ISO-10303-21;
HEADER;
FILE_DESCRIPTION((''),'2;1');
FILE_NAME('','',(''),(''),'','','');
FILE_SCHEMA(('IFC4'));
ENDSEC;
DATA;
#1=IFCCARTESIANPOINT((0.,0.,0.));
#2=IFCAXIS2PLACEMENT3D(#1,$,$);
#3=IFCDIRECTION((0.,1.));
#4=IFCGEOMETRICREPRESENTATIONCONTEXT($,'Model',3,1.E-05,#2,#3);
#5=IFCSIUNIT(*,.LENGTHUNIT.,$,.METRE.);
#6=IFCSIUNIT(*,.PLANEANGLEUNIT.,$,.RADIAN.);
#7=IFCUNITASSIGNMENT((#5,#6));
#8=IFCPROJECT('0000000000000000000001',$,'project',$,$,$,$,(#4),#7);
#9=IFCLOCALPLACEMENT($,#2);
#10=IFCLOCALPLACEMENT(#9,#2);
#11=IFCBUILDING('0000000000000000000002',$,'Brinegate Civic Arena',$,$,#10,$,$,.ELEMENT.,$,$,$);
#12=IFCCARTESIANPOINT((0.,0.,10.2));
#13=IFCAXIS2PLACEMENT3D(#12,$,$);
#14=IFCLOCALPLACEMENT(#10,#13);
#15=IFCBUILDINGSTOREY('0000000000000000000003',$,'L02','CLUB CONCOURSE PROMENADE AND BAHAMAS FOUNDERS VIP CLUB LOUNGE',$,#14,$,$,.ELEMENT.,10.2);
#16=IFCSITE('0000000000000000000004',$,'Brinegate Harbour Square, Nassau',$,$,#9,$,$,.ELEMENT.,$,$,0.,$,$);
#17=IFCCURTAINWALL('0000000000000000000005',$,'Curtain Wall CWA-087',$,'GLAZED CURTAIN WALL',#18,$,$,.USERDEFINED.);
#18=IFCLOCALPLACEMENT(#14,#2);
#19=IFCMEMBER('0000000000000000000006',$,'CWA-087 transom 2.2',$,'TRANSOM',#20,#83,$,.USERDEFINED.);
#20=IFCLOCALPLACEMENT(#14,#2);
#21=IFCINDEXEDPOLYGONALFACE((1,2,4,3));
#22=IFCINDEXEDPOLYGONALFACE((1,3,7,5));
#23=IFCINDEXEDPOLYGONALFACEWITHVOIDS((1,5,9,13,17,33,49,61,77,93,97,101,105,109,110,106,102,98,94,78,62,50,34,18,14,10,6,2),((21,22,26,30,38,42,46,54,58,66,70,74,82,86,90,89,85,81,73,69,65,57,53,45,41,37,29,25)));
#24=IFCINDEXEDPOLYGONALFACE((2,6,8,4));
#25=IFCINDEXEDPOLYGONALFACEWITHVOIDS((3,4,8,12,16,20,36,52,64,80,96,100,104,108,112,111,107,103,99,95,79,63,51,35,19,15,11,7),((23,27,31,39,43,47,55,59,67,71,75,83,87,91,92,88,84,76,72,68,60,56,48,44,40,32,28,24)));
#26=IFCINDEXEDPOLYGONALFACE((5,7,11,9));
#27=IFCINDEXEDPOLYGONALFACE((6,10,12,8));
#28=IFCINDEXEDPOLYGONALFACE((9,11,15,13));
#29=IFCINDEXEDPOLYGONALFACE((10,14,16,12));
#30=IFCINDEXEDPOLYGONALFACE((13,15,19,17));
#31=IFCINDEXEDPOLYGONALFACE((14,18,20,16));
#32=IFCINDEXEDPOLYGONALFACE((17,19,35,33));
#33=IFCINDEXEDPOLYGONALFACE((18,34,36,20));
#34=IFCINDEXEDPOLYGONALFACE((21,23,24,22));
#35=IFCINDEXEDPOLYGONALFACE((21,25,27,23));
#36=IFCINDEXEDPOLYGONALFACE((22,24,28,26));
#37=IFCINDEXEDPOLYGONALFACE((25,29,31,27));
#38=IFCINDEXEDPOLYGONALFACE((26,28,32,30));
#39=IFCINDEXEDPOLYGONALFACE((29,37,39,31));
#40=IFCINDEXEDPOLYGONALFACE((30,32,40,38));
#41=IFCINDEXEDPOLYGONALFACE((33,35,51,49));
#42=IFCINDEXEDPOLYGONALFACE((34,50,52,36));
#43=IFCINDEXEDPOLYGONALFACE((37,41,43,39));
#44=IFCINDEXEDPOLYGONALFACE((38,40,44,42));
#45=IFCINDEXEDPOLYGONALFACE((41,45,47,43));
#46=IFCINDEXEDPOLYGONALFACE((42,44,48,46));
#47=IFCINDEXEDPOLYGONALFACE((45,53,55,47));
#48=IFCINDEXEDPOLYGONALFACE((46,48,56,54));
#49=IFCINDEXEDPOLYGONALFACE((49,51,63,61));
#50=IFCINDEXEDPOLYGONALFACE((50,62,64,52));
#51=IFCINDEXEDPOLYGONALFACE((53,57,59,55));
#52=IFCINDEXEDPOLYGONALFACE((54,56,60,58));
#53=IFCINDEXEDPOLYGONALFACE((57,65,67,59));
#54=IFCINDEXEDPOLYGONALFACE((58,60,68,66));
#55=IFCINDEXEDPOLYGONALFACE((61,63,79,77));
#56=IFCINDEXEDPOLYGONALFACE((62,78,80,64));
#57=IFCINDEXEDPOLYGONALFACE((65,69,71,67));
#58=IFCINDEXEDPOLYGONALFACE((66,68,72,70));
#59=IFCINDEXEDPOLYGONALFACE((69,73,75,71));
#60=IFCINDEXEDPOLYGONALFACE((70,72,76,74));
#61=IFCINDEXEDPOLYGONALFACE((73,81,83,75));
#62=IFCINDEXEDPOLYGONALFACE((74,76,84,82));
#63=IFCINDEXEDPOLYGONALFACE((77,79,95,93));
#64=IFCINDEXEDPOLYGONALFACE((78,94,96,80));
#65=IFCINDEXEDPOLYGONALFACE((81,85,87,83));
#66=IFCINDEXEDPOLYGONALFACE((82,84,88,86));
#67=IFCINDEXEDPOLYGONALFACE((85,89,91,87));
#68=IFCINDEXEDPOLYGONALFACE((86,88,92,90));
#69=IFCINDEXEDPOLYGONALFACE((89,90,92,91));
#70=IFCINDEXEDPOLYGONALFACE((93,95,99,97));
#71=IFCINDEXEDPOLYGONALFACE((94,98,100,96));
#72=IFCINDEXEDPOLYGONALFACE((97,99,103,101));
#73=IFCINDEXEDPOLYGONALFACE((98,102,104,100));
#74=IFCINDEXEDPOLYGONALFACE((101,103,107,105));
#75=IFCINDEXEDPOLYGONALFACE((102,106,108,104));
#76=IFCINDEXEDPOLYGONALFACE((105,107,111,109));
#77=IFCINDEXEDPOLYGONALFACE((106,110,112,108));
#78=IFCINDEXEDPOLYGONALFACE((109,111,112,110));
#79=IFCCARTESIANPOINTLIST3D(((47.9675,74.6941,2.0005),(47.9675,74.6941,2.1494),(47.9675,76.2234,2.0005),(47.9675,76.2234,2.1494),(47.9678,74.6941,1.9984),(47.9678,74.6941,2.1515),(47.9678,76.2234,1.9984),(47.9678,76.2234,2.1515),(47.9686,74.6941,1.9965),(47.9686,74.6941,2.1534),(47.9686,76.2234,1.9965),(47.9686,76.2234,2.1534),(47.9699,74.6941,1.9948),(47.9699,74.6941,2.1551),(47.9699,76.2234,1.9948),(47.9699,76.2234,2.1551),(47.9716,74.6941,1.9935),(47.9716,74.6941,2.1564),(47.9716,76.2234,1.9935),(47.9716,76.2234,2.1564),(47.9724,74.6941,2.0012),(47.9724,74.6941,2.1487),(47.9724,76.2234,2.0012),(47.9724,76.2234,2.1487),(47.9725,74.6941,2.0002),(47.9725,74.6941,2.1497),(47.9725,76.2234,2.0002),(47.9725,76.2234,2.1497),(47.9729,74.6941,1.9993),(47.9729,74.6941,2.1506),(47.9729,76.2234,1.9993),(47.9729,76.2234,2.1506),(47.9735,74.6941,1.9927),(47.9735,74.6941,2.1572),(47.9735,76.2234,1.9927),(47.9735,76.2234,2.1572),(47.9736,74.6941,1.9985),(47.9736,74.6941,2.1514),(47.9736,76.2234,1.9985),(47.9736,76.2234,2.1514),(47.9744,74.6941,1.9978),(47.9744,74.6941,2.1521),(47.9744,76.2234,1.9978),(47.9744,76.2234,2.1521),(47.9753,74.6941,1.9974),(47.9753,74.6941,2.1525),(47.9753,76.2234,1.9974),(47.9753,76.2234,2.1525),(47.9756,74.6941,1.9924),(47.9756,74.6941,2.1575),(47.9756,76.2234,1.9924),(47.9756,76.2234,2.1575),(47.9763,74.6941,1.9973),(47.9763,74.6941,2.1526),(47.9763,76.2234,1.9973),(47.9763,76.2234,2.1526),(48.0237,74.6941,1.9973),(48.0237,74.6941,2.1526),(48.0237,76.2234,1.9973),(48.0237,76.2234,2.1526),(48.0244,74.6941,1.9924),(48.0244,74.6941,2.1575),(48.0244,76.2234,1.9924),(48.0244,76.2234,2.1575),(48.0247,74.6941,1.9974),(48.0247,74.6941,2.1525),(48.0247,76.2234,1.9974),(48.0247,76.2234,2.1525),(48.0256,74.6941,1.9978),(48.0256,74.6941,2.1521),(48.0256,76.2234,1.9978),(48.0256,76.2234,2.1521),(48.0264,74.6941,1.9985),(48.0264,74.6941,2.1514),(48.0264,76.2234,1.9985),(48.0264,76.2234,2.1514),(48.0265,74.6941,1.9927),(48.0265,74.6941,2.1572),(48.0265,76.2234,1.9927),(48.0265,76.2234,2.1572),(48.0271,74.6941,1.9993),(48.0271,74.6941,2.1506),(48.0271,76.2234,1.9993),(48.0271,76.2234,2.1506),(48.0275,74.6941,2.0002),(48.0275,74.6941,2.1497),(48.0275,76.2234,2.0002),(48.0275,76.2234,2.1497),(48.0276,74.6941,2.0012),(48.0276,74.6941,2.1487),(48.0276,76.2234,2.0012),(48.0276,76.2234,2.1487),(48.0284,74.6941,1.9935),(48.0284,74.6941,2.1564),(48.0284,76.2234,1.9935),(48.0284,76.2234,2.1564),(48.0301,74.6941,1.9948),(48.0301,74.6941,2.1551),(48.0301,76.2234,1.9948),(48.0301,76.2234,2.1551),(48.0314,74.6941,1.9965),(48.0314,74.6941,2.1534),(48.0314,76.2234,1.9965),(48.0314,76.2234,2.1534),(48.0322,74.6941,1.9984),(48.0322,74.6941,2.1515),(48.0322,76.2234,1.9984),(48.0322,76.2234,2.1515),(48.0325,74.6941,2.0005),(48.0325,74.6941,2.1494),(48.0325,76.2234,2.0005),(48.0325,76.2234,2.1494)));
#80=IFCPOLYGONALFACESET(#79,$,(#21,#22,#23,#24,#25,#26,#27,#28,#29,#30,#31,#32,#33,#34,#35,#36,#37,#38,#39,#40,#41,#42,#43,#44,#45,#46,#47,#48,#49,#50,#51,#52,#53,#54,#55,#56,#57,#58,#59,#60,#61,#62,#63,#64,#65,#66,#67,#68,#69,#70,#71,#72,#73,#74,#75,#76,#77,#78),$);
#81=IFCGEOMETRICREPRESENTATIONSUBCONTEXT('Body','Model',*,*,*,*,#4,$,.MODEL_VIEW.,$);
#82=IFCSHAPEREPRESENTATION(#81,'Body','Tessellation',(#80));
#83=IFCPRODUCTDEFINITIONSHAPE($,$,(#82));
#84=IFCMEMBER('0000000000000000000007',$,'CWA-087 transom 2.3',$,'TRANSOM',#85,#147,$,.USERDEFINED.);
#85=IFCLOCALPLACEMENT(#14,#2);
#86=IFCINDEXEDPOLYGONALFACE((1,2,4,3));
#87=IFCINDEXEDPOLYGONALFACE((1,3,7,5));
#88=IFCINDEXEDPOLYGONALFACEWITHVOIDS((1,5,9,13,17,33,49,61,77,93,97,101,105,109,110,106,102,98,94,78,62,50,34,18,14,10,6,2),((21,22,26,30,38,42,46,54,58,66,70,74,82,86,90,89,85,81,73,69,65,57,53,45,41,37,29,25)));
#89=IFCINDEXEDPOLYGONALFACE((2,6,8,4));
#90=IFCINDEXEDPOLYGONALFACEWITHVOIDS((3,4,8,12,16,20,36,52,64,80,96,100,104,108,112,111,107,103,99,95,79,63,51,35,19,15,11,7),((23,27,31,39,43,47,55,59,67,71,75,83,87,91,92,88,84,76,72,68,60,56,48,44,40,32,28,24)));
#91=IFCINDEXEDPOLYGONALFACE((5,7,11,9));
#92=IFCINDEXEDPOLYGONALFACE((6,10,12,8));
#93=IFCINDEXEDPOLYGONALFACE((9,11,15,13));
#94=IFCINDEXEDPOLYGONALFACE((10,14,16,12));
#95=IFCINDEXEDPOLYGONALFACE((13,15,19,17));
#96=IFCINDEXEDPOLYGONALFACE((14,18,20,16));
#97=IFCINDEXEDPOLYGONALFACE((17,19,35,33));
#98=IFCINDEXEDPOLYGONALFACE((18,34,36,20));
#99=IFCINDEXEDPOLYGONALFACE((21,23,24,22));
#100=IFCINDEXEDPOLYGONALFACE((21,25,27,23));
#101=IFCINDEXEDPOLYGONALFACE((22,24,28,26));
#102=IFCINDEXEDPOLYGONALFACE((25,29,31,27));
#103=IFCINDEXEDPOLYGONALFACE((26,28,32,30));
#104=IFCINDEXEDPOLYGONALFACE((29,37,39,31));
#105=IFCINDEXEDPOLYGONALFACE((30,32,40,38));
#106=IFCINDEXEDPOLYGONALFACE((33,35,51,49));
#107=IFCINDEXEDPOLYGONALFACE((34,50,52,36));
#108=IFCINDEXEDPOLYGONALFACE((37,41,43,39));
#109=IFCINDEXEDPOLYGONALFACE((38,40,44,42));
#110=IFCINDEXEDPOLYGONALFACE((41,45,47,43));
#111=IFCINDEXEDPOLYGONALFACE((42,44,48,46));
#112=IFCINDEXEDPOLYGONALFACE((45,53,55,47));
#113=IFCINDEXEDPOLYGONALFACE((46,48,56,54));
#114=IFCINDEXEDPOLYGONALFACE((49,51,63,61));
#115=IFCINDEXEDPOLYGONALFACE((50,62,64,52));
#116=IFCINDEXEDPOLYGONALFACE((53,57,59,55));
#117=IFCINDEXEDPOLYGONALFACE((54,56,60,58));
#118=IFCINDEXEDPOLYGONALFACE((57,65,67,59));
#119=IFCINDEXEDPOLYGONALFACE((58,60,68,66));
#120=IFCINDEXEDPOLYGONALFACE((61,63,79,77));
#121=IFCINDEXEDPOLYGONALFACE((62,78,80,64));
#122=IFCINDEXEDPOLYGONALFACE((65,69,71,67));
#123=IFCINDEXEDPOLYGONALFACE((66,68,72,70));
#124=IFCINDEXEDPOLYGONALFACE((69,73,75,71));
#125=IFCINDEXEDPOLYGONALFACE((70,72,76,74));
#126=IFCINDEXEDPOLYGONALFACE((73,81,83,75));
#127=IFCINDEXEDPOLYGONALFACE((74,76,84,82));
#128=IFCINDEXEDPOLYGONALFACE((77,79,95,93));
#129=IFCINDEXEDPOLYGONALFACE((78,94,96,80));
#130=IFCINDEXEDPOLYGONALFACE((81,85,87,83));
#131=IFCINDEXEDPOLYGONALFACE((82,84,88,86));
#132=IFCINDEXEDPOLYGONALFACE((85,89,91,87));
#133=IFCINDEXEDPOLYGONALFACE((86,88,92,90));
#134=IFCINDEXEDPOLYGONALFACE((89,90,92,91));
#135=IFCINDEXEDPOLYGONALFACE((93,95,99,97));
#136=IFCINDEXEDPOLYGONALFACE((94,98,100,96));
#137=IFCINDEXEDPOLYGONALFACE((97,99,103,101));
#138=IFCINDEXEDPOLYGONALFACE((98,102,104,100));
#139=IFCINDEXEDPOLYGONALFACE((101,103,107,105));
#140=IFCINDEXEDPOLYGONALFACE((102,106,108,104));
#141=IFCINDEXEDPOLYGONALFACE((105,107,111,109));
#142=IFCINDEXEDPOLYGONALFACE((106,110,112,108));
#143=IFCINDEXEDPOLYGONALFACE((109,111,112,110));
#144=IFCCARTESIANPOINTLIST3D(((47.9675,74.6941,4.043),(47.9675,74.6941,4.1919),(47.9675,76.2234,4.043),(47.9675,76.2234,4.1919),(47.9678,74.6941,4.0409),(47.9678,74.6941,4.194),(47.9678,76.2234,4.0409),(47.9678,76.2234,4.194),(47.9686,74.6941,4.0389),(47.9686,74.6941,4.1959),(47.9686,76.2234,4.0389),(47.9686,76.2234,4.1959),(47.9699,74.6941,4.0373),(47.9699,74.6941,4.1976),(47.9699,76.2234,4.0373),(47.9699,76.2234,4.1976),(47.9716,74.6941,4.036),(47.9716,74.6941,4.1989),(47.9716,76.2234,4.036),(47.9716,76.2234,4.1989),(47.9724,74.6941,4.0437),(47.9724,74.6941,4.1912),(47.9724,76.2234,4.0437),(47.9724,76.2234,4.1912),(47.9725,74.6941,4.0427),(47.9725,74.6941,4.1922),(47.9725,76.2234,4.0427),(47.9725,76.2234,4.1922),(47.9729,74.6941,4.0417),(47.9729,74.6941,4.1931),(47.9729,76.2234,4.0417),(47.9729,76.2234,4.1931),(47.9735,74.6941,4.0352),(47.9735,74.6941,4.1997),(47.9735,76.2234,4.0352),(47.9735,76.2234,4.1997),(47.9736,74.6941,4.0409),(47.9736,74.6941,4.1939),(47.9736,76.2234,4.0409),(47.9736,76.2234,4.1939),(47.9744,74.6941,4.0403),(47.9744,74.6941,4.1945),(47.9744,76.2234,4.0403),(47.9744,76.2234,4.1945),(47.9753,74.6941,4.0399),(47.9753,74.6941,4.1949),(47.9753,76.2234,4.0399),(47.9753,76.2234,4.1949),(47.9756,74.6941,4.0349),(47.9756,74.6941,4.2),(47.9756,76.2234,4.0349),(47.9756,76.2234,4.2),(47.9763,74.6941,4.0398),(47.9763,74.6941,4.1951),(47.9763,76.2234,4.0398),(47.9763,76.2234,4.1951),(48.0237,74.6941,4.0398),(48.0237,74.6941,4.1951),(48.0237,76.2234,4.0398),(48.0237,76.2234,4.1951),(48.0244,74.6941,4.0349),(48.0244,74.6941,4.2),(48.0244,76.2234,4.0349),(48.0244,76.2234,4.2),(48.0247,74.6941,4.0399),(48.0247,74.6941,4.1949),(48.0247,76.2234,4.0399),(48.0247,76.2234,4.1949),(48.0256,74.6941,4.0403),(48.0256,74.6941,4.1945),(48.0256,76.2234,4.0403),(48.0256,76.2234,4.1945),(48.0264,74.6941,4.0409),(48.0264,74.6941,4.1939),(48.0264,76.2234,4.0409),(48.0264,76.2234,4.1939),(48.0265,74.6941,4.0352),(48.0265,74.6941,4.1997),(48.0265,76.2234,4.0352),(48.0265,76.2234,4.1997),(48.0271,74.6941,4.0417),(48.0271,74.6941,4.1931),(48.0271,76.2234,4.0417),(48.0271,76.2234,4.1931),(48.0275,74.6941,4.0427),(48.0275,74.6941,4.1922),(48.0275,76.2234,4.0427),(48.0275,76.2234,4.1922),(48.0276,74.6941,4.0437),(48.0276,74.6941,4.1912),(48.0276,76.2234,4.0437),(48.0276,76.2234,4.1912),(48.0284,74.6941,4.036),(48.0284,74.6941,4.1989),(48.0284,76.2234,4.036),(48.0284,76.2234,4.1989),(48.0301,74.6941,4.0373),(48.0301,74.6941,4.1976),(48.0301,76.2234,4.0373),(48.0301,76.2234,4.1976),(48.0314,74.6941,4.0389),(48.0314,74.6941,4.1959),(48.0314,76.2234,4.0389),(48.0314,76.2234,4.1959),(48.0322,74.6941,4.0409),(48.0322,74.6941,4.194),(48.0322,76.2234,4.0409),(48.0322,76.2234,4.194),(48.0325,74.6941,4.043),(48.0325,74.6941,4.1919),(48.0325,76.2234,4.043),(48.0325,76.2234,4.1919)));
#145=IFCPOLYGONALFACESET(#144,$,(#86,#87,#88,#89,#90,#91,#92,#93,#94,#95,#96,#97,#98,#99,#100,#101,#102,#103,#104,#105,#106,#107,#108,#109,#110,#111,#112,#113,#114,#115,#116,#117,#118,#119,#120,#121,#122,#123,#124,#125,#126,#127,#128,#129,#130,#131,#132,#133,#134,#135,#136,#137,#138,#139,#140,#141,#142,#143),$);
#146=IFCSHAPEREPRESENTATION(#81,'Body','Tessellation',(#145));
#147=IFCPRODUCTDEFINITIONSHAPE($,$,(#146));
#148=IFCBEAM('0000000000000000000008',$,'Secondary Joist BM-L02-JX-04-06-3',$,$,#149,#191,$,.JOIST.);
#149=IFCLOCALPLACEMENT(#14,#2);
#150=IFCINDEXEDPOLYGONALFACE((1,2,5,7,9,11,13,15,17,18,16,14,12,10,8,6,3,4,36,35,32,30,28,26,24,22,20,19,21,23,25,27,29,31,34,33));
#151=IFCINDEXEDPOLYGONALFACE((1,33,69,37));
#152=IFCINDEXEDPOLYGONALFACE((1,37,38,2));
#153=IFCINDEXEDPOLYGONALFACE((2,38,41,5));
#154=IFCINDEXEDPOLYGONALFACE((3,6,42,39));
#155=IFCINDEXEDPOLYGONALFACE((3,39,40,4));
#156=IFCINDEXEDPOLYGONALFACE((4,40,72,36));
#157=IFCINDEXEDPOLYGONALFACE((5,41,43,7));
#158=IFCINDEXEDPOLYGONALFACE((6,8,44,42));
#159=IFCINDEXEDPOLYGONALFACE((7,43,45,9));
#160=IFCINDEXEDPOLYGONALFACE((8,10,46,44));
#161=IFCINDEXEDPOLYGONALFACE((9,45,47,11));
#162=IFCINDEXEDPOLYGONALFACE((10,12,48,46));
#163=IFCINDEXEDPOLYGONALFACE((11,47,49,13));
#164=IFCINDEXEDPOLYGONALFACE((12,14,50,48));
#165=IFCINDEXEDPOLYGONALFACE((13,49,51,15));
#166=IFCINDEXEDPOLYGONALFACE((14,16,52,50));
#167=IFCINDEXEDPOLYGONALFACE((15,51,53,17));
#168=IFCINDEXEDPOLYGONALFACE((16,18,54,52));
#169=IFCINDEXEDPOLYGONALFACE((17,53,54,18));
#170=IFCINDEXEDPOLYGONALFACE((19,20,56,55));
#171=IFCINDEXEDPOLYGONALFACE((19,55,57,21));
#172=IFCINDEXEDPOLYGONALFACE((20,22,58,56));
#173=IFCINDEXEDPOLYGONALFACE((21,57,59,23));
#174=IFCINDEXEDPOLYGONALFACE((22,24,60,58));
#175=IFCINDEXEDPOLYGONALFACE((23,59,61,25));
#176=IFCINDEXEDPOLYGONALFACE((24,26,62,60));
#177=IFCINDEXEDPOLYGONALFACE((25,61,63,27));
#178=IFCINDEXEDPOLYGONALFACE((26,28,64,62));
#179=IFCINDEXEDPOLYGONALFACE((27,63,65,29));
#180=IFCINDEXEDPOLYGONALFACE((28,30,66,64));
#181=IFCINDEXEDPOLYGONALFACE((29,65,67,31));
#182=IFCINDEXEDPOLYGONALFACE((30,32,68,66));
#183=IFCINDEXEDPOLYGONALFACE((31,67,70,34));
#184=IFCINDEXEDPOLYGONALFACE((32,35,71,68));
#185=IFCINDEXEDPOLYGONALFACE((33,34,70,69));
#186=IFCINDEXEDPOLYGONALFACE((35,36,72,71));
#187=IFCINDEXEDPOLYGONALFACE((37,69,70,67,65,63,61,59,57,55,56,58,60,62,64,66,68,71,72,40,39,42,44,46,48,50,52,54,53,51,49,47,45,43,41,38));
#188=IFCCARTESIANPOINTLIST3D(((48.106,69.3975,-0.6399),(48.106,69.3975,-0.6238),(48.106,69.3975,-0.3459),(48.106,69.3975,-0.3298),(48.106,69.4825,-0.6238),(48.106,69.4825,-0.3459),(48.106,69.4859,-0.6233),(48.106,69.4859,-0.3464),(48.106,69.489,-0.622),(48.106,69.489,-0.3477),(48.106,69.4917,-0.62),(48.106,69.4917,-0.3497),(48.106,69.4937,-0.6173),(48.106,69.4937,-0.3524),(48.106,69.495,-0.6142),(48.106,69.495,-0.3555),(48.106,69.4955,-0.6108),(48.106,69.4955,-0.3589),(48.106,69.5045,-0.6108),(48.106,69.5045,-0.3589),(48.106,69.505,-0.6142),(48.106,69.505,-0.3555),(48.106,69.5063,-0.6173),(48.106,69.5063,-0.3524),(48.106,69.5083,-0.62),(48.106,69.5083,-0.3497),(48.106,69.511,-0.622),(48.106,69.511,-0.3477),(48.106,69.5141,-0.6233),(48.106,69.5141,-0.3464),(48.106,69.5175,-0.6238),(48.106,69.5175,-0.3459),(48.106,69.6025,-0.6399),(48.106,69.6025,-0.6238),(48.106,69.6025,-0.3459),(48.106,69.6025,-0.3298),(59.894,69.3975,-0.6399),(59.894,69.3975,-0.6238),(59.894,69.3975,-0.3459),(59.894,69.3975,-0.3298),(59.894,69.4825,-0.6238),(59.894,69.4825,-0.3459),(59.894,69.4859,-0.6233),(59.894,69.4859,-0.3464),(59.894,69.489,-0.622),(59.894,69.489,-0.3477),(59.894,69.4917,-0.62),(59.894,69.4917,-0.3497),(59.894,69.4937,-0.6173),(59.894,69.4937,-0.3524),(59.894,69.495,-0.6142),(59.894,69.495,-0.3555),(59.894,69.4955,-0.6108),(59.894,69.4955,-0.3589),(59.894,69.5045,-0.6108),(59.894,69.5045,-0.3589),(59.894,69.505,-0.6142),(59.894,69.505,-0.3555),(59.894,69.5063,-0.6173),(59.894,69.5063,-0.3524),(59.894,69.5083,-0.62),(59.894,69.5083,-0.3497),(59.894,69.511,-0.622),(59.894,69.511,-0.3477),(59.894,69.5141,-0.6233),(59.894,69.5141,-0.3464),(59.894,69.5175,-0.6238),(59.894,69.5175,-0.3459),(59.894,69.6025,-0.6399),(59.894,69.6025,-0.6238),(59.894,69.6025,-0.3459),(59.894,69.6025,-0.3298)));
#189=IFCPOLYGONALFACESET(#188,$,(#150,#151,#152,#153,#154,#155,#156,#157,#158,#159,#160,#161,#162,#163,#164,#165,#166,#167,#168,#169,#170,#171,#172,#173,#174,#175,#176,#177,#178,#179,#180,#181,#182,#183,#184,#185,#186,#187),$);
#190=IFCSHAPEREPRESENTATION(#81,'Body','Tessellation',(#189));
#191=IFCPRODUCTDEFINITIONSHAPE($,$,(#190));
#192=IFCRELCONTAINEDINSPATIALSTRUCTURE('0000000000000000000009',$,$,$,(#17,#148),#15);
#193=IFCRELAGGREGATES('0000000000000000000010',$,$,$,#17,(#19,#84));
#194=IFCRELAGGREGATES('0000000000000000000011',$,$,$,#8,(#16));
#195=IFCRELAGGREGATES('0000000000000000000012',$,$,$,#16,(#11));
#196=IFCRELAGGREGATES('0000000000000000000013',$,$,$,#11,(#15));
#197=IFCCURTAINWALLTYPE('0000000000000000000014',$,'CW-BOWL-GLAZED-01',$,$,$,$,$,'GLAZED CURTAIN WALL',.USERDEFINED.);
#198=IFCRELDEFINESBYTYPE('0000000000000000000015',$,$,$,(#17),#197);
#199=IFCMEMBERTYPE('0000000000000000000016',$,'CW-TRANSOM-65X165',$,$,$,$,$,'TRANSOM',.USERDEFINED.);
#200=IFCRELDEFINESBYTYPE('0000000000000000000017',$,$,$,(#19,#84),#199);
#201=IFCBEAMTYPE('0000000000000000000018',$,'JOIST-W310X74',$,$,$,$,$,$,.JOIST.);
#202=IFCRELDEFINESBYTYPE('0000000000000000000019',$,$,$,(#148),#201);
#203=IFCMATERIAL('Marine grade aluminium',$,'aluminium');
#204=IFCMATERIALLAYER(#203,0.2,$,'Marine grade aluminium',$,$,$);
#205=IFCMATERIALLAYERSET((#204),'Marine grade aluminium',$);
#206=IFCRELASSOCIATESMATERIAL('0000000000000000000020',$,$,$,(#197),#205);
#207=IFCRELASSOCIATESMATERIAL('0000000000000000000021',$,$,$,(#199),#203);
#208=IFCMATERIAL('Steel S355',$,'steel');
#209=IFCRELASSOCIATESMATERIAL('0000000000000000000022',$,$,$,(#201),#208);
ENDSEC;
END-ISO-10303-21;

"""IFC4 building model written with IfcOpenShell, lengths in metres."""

from ifc_helpers import new_model, si_unit, direction, frame, origin, origin_2d, place, context, subcontext, project, spatial, hollow_rectangle, i_section, extrude, material, layer, layer_set, material_profile, profile_set, type_object, element, aggregate, save


model = new_model("IFC4")

# Units and contexts
model_context = context("Model", 3, precision=1e-05, world=origin(), true_north=direction((0.0, 1.0)))
body_context = subcontext(model_context, "Body", "Model", "MODEL_VIEW")
ifc_project = project(units=[si_unit("LENGTHUNIT", "METRE"), si_unit("PLANEANGLEUNIT", "RADIAN")], contexts=[model_context])

# Site, building, storey
site_placement = place(None, origin())
site = spatial("IfcSite", under=ifc_project, at=site_placement, Name="Brinegate Harbour Square, Nassau", CompositionType="ELEMENT", RefElevation=0.0)
building_placement = place(site_placement, origin())
building = spatial("IfcBuilding", under=site, at=building_placement, Name="Brinegate Civic Arena", CompositionType="ELEMENT")
storey_placement = place(building_placement, frame((0.0, 0.0, 10.2)))
storey = spatial("IfcBuildingStorey", under=building, at=storey_placement, Name="L02", Description="CLUB CONCOURSE PROMENADE AND BAHAMAS FOUNDERS VIP CLUB LOUNGE", CompositionType="ELEMENT", Elevation=10.2)

# Curtain wall, members
ifc_material_1 = material(Name="Marine grade aluminium", Category="aluminium")
ifc_layer_1 = layer(ifc_material_1, 0.2, Name="Marine grade aluminium")
ifc_layer_set_1 = layer_set([ifc_layer_1], Name="Marine grade aluminium")
curtain_wall_type = type_object("IfcCurtainWallType", Name="CW-BOWL-GLAZED-01", ElementType="GLAZED CURTAIN WALL", PredefinedType="USERDEFINED", material=ifc_layer_set_1)
curtain_wall_placement = place(storey_placement, origin())
curtain_wall = element("IfcCurtainWall", 1, at=curtain_wall_placement, inside=storey, type_object=curtain_wall_type, Name="Curtain Wall CWA-087", ObjectType="GLAZED CURTAIN WALL", PredefinedType="USERDEFINED")
ifc_material_profile_1 = material_profile(ifc_material_1, hollow_rectangle(XDim=0.0649, YDim=0.165, WallThickness=0.0049, InnerFilletRadius=0.0039, OuterFilletRadius=0.0081, at=origin_2d()), Name="TRN65X165")
ifc_profile_set_1 = profile_set([ifc_material_profile_1], Name="Marine grade aluminium")
member_type_1 = type_object("IfcMemberType", Name="CW-TRANSOM-65X165", ElementType="TRANSOM", PredefinedType="USERDEFINED", material=ifc_profile_set_1)
member_1_placement = place(storey_placement, frame((48.0, 74.6941, 2.075), z_axis=(0.0, 1.0, 0.0), x_axis=(-1.0, 0.0, 0.0)))
member_1 = element("IfcMember", 2, at=member_1_placement, type_object=member_type_1, Name="CWA-087 transom 2.2", ObjectType="TRANSOM", PredefinedType="USERDEFINED", context=body_context, shape_type="SweptSolid", body=[
    extrude(hollow_rectangle(XDim=0.0649, YDim=0.165, WallThickness=0.0049, InnerFilletRadius=0.0039, OuterFilletRadius=0.0081, at=origin_2d()), origin(), (0.0, 0.0, 1.0), 1.5293),
])
member_2_placement = place(storey_placement, frame((48.0, 74.6941, 4.1174), z_axis=(0.0, 1.0, 0.0), x_axis=(-1.0, 0.0, 0.0)))
member_2 = element("IfcMember", 3, at=member_2_placement, type_object=member_type_1, Name="CWA-087 transom 2.3", ObjectType="TRANSOM", PredefinedType="USERDEFINED", context=body_context, shape_type="SweptSolid", body=[
    extrude(hollow_rectangle(XDim=0.0649, YDim=0.165, WallThickness=0.0049, InnerFilletRadius=0.0039, OuterFilletRadius=0.0081, at=origin_2d()), origin(), (0.0, 0.0, 1.0), 1.5293),
])

# Beam
ifc_material_2 = material(Name="Steel S355", Category="steel")
ifc_material_profile_2 = material_profile(ifc_material_2, i_section(OverallWidth=0.2051, OverallDepth=0.3101, WebThickness=0.009, FlangeThickness=0.0161, FilletRadius=0.0129, at=origin_2d()), Name="W310X74")
ifc_profile_set_2 = profile_set([ifc_material_profile_2], Name="Steel S355")
beam_type_1 = type_object("IfcBeamType", Name="JOIST-W310X74", PredefinedType="JOIST", material=ifc_profile_set_2)
beam_1_placement = place(storey_placement, frame((48.106, 69.5, -0.4849), z_axis=(1.0, 0.0, 0.0), x_axis=(0.0, 1.0, 0.0)))
element("IfcBeam", 4, at=beam_1_placement, inside=storey, type_object=beam_type_1, Name="Secondary Joist BM-L02-JX-04-06-3", PredefinedType="JOIST", context=body_context, shape_type="SweptSolid", body=[
    extrude(i_section(OverallWidth=0.2051, OverallDepth=0.3101, WebThickness=0.009, FlangeThickness=0.0161, FilletRadius=0.0129, at=origin_2d()), origin(), (0.0, 0.0, 1.0), 11.7881),
])

aggregate(curtain_wall, [member_1, member_2])

save(model, "model.ifc")
